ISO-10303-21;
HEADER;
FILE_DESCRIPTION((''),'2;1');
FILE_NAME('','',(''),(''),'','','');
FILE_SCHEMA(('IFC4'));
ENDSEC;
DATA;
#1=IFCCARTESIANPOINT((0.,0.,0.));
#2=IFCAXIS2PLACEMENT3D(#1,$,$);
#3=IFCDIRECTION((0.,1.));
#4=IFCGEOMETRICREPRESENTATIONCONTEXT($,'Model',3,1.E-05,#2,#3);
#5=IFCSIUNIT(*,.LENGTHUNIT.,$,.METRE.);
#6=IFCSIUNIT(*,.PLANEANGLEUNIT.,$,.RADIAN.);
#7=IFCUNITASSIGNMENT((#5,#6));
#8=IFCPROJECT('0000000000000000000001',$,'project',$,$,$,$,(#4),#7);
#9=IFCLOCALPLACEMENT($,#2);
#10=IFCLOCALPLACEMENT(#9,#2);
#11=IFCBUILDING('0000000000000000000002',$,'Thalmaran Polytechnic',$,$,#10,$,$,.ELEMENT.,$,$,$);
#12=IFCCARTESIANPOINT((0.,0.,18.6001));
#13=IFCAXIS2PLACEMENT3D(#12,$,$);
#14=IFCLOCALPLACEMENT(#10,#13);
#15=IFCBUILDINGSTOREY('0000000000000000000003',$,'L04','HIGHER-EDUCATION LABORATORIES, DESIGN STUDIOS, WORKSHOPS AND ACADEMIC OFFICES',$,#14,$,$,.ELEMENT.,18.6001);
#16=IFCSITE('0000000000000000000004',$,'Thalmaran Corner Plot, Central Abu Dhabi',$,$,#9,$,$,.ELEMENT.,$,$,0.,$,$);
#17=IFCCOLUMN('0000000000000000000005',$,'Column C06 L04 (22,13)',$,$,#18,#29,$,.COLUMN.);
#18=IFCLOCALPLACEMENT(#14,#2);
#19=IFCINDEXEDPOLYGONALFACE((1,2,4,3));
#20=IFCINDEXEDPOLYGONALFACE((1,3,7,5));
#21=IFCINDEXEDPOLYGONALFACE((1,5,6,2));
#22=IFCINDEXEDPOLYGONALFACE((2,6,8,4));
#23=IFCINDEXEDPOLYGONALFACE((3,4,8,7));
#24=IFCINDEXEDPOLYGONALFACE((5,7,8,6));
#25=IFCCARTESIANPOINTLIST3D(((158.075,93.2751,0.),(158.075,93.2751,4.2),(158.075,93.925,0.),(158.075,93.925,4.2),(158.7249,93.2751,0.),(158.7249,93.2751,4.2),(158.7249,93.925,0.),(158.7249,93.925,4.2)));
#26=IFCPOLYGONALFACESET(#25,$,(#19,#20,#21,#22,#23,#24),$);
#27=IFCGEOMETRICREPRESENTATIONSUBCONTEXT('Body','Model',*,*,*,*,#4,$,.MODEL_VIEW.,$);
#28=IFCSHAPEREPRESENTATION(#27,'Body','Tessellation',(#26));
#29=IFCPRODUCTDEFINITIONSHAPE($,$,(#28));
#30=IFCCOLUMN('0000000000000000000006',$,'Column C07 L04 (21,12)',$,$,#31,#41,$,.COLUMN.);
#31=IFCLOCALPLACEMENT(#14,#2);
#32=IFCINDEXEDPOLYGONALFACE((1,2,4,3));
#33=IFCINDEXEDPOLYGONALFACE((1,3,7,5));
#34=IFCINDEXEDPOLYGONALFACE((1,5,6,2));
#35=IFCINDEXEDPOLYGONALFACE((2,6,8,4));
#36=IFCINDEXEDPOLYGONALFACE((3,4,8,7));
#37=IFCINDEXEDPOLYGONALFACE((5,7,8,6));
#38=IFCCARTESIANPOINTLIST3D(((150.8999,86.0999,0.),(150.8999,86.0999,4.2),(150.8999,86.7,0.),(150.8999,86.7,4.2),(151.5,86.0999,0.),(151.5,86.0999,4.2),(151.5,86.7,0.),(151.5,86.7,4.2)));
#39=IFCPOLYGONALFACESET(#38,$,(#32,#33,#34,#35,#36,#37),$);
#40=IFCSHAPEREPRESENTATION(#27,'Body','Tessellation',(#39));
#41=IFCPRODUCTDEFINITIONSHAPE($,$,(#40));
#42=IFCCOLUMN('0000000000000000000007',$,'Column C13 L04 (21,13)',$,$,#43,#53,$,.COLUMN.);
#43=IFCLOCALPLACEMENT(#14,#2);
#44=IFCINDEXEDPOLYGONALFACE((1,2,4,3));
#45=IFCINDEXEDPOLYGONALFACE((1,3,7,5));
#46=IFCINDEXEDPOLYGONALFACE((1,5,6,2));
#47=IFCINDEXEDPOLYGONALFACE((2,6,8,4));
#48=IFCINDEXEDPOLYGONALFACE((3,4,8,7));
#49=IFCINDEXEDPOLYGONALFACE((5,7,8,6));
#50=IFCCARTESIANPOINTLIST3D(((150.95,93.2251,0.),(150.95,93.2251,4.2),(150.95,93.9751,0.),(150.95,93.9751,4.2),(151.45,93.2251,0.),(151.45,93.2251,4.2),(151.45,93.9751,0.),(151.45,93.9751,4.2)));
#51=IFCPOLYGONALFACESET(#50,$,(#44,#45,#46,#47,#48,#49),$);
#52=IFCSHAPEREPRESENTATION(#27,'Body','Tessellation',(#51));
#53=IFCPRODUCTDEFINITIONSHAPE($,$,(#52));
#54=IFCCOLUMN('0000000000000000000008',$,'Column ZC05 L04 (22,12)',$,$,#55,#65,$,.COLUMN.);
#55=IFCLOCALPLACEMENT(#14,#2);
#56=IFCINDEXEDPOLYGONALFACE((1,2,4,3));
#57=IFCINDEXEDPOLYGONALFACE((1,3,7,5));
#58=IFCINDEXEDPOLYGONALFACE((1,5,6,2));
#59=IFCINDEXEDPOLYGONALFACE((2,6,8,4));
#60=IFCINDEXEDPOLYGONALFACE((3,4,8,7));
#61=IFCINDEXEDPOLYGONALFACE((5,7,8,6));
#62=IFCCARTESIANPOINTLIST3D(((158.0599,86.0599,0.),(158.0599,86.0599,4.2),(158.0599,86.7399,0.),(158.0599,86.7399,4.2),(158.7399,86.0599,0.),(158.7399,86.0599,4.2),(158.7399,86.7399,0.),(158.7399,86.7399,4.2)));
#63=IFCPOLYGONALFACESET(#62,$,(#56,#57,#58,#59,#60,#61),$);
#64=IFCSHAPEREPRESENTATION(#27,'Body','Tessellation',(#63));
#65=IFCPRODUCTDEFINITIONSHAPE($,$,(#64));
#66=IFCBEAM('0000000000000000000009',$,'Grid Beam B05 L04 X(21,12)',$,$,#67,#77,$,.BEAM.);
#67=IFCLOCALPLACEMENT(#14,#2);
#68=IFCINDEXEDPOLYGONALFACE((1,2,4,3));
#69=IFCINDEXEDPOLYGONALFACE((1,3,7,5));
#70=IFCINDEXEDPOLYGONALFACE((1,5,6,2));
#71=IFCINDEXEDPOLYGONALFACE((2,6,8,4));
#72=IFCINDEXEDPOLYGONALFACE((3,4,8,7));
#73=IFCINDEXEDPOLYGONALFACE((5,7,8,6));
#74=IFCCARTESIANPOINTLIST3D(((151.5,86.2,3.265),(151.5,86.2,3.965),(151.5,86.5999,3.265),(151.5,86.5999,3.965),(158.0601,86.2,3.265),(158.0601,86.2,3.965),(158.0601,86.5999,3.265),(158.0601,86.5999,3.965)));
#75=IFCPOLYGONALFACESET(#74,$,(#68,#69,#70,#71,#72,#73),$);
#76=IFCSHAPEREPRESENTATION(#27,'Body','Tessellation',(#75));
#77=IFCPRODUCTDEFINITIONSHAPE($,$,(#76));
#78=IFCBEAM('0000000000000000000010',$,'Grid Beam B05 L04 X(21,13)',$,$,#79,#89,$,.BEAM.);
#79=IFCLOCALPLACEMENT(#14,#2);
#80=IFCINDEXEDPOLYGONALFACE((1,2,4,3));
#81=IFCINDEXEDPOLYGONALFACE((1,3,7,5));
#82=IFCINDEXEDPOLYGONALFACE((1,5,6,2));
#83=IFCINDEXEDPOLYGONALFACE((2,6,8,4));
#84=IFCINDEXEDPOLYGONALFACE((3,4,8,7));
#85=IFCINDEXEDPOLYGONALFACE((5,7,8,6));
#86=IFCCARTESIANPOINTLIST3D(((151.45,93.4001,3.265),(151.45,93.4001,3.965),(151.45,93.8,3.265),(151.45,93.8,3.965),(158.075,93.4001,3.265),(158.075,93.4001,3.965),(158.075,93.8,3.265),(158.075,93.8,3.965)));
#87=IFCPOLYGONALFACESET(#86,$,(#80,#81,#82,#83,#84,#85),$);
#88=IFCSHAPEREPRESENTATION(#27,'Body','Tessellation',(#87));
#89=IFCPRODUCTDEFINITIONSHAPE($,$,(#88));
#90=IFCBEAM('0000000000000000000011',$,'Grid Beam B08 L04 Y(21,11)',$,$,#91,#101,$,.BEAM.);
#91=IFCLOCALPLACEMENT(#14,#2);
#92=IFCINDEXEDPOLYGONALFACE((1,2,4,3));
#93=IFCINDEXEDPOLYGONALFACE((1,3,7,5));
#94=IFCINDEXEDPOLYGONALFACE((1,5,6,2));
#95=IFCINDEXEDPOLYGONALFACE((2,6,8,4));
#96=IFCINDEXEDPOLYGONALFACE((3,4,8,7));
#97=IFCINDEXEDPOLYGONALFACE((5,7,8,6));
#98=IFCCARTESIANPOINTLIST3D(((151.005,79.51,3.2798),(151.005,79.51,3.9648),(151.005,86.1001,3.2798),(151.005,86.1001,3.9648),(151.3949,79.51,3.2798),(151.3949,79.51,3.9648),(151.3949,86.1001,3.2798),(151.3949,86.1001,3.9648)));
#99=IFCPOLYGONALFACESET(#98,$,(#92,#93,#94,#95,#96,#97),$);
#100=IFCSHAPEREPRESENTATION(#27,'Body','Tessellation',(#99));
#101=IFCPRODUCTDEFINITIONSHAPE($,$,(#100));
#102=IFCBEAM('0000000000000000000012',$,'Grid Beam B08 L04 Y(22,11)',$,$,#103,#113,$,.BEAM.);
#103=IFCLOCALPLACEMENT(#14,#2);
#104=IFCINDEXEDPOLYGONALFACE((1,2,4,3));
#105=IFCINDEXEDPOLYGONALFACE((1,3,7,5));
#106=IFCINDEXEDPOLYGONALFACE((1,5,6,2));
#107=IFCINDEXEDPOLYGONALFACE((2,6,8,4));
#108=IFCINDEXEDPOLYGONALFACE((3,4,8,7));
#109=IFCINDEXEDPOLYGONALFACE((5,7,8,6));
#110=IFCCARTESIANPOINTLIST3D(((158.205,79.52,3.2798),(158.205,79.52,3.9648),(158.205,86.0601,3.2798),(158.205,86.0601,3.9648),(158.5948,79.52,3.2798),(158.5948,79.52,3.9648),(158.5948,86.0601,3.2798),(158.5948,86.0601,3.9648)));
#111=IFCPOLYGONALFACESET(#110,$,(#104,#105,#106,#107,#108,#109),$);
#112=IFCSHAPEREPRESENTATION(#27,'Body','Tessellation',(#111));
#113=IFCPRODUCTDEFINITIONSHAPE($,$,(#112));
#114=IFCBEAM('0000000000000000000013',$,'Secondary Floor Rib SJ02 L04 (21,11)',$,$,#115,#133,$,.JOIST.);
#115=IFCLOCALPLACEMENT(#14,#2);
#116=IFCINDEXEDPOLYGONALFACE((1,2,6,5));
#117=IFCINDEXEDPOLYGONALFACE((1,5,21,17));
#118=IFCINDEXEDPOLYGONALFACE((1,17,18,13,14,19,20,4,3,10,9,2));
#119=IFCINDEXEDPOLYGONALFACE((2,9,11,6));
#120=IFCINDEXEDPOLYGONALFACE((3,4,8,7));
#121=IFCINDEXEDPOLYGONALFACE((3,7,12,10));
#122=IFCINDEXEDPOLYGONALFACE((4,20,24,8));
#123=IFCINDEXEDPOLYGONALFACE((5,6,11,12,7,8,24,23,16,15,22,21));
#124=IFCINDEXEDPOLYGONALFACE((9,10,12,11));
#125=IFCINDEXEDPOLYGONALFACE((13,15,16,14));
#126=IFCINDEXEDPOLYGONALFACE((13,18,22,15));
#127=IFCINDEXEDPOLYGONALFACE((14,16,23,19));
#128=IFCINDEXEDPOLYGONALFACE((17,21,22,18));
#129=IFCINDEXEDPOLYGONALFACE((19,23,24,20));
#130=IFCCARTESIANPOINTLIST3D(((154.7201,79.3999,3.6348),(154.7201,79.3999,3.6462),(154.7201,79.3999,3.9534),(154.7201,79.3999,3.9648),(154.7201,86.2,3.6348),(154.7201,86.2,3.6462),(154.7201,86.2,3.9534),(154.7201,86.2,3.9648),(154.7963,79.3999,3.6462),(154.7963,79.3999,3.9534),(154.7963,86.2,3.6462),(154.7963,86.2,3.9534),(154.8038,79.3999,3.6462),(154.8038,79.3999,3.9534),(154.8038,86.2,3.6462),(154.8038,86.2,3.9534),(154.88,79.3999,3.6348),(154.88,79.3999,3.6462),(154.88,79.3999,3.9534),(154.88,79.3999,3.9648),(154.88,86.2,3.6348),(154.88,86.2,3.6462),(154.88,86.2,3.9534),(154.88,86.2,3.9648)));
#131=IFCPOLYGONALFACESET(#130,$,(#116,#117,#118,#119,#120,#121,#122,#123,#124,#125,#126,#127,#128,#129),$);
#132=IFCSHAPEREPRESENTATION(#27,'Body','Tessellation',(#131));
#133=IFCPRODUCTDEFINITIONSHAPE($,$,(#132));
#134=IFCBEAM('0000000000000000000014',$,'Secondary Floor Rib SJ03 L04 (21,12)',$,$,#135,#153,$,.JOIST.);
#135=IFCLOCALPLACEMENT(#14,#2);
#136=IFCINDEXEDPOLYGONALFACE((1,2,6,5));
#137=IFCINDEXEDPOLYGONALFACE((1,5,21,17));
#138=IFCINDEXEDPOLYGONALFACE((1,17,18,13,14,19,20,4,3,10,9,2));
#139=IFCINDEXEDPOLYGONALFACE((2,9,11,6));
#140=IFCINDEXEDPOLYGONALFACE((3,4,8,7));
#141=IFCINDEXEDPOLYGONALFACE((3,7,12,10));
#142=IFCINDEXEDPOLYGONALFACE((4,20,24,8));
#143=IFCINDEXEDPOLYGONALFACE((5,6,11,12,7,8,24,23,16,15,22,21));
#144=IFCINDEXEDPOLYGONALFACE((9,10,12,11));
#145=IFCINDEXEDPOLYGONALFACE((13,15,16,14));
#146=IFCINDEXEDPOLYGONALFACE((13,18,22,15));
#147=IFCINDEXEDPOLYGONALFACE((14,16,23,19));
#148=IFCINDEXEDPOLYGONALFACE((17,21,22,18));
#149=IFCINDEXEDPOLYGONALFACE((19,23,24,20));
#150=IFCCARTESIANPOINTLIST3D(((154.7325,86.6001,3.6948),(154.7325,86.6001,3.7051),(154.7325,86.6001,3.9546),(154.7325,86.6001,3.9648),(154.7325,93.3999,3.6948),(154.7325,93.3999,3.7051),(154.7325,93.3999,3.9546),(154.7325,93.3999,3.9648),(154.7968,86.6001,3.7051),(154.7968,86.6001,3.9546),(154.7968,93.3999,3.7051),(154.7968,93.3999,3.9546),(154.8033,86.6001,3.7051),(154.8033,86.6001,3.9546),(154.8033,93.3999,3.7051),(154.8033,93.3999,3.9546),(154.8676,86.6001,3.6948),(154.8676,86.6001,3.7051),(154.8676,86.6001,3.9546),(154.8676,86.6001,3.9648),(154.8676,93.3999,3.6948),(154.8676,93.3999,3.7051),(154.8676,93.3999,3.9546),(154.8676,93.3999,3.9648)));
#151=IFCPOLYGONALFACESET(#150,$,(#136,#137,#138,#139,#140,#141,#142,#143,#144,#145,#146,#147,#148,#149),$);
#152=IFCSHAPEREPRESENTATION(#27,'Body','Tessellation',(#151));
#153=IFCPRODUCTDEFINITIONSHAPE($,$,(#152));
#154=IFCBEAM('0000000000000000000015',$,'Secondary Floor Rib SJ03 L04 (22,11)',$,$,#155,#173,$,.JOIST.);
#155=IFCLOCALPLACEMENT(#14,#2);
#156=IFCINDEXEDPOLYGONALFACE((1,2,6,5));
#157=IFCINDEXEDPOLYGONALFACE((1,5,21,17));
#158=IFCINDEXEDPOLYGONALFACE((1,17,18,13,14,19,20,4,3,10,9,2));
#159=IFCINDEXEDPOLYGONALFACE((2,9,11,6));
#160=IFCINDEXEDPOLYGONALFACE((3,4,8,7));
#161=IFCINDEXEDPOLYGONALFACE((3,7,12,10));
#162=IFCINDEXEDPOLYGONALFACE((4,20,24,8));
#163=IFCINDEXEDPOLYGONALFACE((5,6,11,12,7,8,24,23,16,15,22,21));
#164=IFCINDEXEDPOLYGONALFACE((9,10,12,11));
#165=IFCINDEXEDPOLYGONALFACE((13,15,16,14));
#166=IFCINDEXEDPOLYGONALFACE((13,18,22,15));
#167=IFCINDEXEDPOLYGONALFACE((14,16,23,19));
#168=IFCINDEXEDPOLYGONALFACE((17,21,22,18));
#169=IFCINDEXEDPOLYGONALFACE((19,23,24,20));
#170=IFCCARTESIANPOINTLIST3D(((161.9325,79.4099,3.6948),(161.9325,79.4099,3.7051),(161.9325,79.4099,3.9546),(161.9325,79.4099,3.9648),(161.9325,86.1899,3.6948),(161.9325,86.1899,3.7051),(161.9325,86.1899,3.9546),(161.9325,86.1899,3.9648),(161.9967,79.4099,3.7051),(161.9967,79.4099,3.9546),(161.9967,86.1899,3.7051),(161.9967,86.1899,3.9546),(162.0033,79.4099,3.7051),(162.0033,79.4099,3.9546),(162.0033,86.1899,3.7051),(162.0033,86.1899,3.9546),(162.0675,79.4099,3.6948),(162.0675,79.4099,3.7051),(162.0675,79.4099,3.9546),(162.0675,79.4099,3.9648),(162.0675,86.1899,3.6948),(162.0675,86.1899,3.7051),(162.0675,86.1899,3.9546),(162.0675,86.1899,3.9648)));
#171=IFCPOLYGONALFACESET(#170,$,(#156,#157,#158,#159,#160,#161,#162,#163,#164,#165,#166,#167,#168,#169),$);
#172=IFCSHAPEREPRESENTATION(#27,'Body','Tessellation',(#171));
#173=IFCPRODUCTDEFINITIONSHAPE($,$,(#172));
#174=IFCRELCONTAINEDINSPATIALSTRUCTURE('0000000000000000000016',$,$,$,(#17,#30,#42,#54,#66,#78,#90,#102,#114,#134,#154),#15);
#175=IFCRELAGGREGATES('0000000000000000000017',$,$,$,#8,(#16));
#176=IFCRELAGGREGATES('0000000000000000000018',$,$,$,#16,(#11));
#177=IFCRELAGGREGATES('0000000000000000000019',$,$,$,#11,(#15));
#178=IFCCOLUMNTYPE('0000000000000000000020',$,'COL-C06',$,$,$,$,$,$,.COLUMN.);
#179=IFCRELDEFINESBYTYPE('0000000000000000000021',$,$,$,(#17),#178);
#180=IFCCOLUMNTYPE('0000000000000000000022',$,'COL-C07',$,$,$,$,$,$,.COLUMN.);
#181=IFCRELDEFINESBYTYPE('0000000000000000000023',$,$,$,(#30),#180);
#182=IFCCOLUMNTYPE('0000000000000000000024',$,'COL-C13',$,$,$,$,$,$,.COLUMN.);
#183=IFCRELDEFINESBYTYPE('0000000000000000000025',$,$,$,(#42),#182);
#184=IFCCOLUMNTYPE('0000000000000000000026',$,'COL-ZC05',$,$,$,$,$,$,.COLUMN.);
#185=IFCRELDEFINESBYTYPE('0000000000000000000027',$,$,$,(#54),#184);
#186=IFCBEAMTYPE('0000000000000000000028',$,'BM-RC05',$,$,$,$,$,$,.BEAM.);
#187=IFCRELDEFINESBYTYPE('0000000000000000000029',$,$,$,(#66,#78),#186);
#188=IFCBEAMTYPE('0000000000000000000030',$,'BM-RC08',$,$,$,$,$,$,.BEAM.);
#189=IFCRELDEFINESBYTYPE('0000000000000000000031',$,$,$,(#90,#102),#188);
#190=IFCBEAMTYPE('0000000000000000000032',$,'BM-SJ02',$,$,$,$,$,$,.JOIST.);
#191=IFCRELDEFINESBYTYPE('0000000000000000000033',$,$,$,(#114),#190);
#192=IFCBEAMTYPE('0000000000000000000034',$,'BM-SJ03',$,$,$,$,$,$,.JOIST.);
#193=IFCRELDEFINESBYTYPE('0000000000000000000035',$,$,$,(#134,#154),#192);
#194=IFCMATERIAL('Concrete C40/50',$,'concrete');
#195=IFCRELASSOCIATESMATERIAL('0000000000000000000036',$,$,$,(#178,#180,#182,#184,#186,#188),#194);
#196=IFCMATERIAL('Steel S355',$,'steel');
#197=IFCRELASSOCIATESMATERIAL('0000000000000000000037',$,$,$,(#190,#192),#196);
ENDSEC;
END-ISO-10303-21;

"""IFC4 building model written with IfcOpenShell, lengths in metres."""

from ifc_helpers import new_model, si_unit, direction, frame, origin, origin_2d, place, context, subcontext, project, spatial, rectangle, i_section, extrude, material, material_profile, profile_set, type_object, element, save


model = new_model("IFC4")

# Units and contexts
model_context = context("Model", 3, precision=1e-05, world=origin(), true_north=direction((0.0, 1.0)))
body_context = subcontext(model_context, "Body", "Model", "MODEL_VIEW")
ifc_project = project(units=[si_unit("LENGTHUNIT", "METRE"), si_unit("PLANEANGLEUNIT", "RADIAN")], contexts=[model_context])

# Site, building, storey
site_placement = place(None, origin())
site = spatial("IfcSite", under=ifc_project, at=site_placement, Name="Thalmaran Corner Plot, Central Abu Dhabi", CompositionType="ELEMENT", RefElevation=0.0)
building_placement = place(site_placement, origin())
building = spatial("IfcBuilding", under=site, at=building_placement, Name="Thalmaran Polytechnic", CompositionType="ELEMENT")
storey_placement = place(building_placement, frame((0.0, 0.0, 18.6001)))
storey = spatial("IfcBuildingStorey", under=building, at=storey_placement, Name="L04", Description="HIGHER-EDUCATION LABORATORIES, DESIGN STUDIOS, WORKSHOPS AND ACADEMIC OFFICES", CompositionType="ELEMENT", Elevation=18.6001)

# Columns
ifc_material_1 = material(Name="Concrete C40/50", Category="concrete")
ifc_material_profile_1 = material_profile(ifc_material_1, rectangle(XDim=0.6499, YDim=0.6499, at=origin_2d()), Name="RC 650x650")
ifc_profile_set_1 = profile_set([ifc_material_profile_1], Name="Concrete C40/50")
column_type_1 = type_object("IfcColumnType", Name="COL-C06", PredefinedType="COLUMN", material=ifc_profile_set_1)
column_1_placement = place(storey_placement, frame((158.3999, 93.6001, 0.0), z_axis=(0.0, 0.0, 1.0), x_axis=(1.0, 0.0, 0.0)))
element("IfcColumn", 1, at=column_1_placement, inside=storey, type_object=column_type_1, Name="Column C06 L04 (22,13)", PredefinedType="COLUMN", context=body_context, shape_type="SweptSolid", body=[
    extrude(rectangle(XDim=0.6499, YDim=0.6499, at=origin_2d()), origin(), (0.0, 0.0, 1.0), 4.2),
])
ifc_material_profile_2 = material_profile(ifc_material_1, rectangle(XDim=0.6001, YDim=0.6001, at=origin_2d()), Name="RC 600x600")
ifc_profile_set_2 = profile_set([ifc_material_profile_2], Name="Concrete C40/50")
column_type_2 = type_object("IfcColumnType", Name="COL-C07", PredefinedType="COLUMN", material=ifc_profile_set_2)
column_2_placement = place(storey_placement, frame((151.2, 86.3999, 0.0), z_axis=(0.0, 0.0, 1.0), x_axis=(1.0, 0.0, 0.0)))
element("IfcColumn", 2, at=column_2_placement, inside=storey, type_object=column_type_2, Name="Column C07 L04 (21,12)", PredefinedType="COLUMN", context=body_context, shape_type="SweptSolid", body=[
    extrude(rectangle(XDim=0.6001, YDim=0.6001, at=origin_2d()), origin(), (0.0, 0.0, 1.0), 4.2),
])
ifc_material_profile_3 = material_profile(ifc_material_1, rectangle(XDim=0.5, YDim=0.75, at=origin_2d()), Name="RC 500x750")
ifc_profile_set_3 = profile_set([ifc_material_profile_3], Name="Concrete C40/50")
column_type_3 = type_object("IfcColumnType", Name="COL-C13", PredefinedType="COLUMN", material=ifc_profile_set_3)
column_3_placement = place(storey_placement, frame((151.2, 93.6001, 0.0), z_axis=(0.0, 0.0, 1.0), x_axis=(1.0, 0.0, 0.0)))
element("IfcColumn", 3, at=column_3_placement, inside=storey, type_object=column_type_3, Name="Column C13 L04 (21,13)", PredefinedType="COLUMN", context=body_context, shape_type="SweptSolid", body=[
    extrude(rectangle(XDim=0.5, YDim=0.75, at=origin_2d()), origin(), (0.0, 0.0, 1.0), 4.2),
])
ifc_material_profile_4 = material_profile(ifc_material_1, rectangle(XDim=0.6799, YDim=0.6799, at=origin_2d()), Name="RC 680x680")
ifc_profile_set_4 = profile_set([ifc_material_profile_4], Name="Concrete C40/50")
column_type_4 = type_object("IfcColumnType", Name="COL-ZC05", PredefinedType="COLUMN", material=ifc_profile_set_4)
column_4_placement = place(storey_placement, frame((158.3999, 86.3999, 0.0), z_axis=(0.0, 0.0, 1.0), x_axis=(1.0, 0.0, 0.0)))
element("IfcColumn", 4, at=column_4_placement, inside=storey, type_object=column_type_4, Name="Column ZC05 L04 (22,12)", PredefinedType="COLUMN", context=body_context, shape_type="SweptSolid", body=[
    extrude(rectangle(XDim=0.6799, YDim=0.6799, at=origin_2d()), origin(), (0.0, 0.0, 1.0), 4.2),
])

# Beams
ifc_material_profile_5 = material_profile(ifc_material_1, rectangle(XDim=0.3999, YDim=0.7, at=origin_2d()), Name="RC 400x700")
ifc_profile_set_5 = profile_set([ifc_material_profile_5], Name="Concrete C40/50")
beam_type_1 = type_object("IfcBeamType", Name="BM-RC05", PredefinedType="BEAM", material=ifc_profile_set_5)
beam_1_placement = place(storey_placement, frame((151.5, 86.3999, 3.615), z_axis=(1.0, 0.0, 0.0), x_axis=(0.0, 1.0, 0.0)))
element("IfcBeam", 5, at=beam_1_placement, inside=storey, type_object=beam_type_1, Name="Grid Beam B05 L04 X(21,12)", PredefinedType="BEAM", context=body_context, shape_type="SweptSolid", body=[
    extrude(rectangle(XDim=0.3999, YDim=0.7, at=origin_2d()), origin(), (0.0, 0.0, 1.0), 6.5601),
])
beam_2_placement = place(storey_placement, frame((151.45, 93.6001, 3.615), z_axis=(1.0, 0.0, 0.0), x_axis=(0.0, 1.0, 0.0)))
element("IfcBeam", 6, at=beam_2_placement, inside=storey, type_object=beam_type_1, Name="Grid Beam B05 L04 X(21,13)", PredefinedType="BEAM", context=body_context, shape_type="SweptSolid", body=[
    extrude(rectangle(XDim=0.3999, YDim=0.7, at=origin_2d()), origin(), (0.0, 0.0, 1.0), 6.625),
])
ifc_material_profile_6 = material_profile(ifc_material_1, rectangle(XDim=0.3899, YDim=0.6851, at=origin_2d()), Name="RC 390x685")
ifc_profile_set_6 = profile_set([ifc_material_profile_6], Name="Concrete C40/50")
beam_type_2 = type_object("IfcBeamType", Name="BM-RC08", PredefinedType="BEAM", material=ifc_profile_set_6)
beam_3_placement = place(storey_placement, frame((151.2, 79.51, 3.6223), z_axis=(0.0, 1.0, 0.0), x_axis=(-1.0, 0.0, 0.0)))
element("IfcBeam", 7, at=beam_3_placement, inside=storey, type_object=beam_type_2, Name="Grid Beam B08 L04 Y(21,11)", PredefinedType="BEAM", context=body_context, shape_type="SweptSolid", body=[
    extrude(rectangle(XDim=0.3899, YDim=0.6851, at=origin_2d()), origin(), (0.0, 0.0, 1.0), 6.5901),
])
beam_4_placement = place(storey_placement, frame((158.3999, 79.52, 3.6223), z_axis=(0.0, 1.0, 0.0), x_axis=(-1.0, 0.0, 0.0)))
element("IfcBeam", 8, at=beam_4_placement, inside=storey, type_object=beam_type_2, Name="Grid Beam B08 L04 Y(22,11)", PredefinedType="BEAM", context=body_context, shape_type="SweptSolid", body=[
    extrude(rectangle(XDim=0.3899, YDim=0.6851, at=origin_2d()), origin(), (0.0, 0.0, 1.0), 6.54),
])
ifc_material_2 = material(Name="Steel S355", Category="steel")
ifc_material_profile_7 = material_profile(ifc_material_2, i_section(OverallWidth=0.1599, OverallDepth=0.3301, WebThickness=0.0076, FlangeThickness=0.0115, at=origin_2d()), Name="IPE 330")
ifc_profile_set_7 = profile_set([ifc_material_profile_7], Name="Steel S355")
beam_type_3 = type_object("IfcBeamType", Name="BM-SJ02", PredefinedType="JOIST", material=ifc_profile_set_7)
beam_5_placement = place(storey_placement, frame((154.8, 79.3999, 3.7998), z_axis=(0.0, 1.0, 0.0), x_axis=(-1.0, 0.0, 0.0)))
element("IfcBeam", 9, at=beam_5_placement, inside=storey, type_object=beam_type_3, Name="Secondary Floor Rib SJ02 L04 (21,11)", PredefinedType="JOIST", context=body_context, shape_type="SweptSolid", body=[
    extrude(i_section(OverallWidth=0.1599, OverallDepth=0.3301, WebThickness=0.0076, FlangeThickness=0.0115, at=origin_2d()), origin(), (0.0, 0.0, 1.0), 6.8),
])
ifc_material_profile_8 = material_profile(ifc_material_2, i_section(OverallWidth=0.135, OverallDepth=0.27, WebThickness=0.0066, FlangeThickness=0.0103, at=origin_2d()), Name="IPE 270")
ifc_profile_set_8 = profile_set([ifc_material_profile_8], Name="Steel S355")
beam_type_4 = type_object("IfcBeamType", Name="BM-SJ03", PredefinedType="JOIST", material=ifc_profile_set_8)
beam_6_placement = place(storey_placement, frame((154.8, 86.6001, 3.8298), z_axis=(0.0, 1.0, 0.0), x_axis=(-1.0, 0.0, 0.0)))
element("IfcBeam", 10, at=beam_6_placement, inside=storey, type_object=beam_type_4, Name="Secondary Floor Rib SJ03 L04 (21,12)", PredefinedType="JOIST", context=body_context, shape_type="SweptSolid", body=[
    extrude(i_section(OverallWidth=0.135, OverallDepth=0.27, WebThickness=0.0066, FlangeThickness=0.0103, at=origin_2d()), origin(), (0.0, 0.0, 1.0), 6.7998),
])
beam_7_placement = place(storey_placement, frame((162.0, 79.4099, 3.8298), z_axis=(0.0, 1.0, 0.0), x_axis=(-1.0, 0.0, 0.0)))
element("IfcBeam", 11, at=beam_7_placement, inside=storey, type_object=beam_type_4, Name="Secondary Floor Rib SJ03 L04 (22,11)", PredefinedType="JOIST", context=body_context, shape_type="SweptSolid", body=[
    extrude(i_section(OverallWidth=0.135, OverallDepth=0.27, WebThickness=0.0066, FlangeThickness=0.0103, at=origin_2d()), origin(), (0.0, 0.0, 1.0), 6.78),
])

save(model, "model.ifc")
